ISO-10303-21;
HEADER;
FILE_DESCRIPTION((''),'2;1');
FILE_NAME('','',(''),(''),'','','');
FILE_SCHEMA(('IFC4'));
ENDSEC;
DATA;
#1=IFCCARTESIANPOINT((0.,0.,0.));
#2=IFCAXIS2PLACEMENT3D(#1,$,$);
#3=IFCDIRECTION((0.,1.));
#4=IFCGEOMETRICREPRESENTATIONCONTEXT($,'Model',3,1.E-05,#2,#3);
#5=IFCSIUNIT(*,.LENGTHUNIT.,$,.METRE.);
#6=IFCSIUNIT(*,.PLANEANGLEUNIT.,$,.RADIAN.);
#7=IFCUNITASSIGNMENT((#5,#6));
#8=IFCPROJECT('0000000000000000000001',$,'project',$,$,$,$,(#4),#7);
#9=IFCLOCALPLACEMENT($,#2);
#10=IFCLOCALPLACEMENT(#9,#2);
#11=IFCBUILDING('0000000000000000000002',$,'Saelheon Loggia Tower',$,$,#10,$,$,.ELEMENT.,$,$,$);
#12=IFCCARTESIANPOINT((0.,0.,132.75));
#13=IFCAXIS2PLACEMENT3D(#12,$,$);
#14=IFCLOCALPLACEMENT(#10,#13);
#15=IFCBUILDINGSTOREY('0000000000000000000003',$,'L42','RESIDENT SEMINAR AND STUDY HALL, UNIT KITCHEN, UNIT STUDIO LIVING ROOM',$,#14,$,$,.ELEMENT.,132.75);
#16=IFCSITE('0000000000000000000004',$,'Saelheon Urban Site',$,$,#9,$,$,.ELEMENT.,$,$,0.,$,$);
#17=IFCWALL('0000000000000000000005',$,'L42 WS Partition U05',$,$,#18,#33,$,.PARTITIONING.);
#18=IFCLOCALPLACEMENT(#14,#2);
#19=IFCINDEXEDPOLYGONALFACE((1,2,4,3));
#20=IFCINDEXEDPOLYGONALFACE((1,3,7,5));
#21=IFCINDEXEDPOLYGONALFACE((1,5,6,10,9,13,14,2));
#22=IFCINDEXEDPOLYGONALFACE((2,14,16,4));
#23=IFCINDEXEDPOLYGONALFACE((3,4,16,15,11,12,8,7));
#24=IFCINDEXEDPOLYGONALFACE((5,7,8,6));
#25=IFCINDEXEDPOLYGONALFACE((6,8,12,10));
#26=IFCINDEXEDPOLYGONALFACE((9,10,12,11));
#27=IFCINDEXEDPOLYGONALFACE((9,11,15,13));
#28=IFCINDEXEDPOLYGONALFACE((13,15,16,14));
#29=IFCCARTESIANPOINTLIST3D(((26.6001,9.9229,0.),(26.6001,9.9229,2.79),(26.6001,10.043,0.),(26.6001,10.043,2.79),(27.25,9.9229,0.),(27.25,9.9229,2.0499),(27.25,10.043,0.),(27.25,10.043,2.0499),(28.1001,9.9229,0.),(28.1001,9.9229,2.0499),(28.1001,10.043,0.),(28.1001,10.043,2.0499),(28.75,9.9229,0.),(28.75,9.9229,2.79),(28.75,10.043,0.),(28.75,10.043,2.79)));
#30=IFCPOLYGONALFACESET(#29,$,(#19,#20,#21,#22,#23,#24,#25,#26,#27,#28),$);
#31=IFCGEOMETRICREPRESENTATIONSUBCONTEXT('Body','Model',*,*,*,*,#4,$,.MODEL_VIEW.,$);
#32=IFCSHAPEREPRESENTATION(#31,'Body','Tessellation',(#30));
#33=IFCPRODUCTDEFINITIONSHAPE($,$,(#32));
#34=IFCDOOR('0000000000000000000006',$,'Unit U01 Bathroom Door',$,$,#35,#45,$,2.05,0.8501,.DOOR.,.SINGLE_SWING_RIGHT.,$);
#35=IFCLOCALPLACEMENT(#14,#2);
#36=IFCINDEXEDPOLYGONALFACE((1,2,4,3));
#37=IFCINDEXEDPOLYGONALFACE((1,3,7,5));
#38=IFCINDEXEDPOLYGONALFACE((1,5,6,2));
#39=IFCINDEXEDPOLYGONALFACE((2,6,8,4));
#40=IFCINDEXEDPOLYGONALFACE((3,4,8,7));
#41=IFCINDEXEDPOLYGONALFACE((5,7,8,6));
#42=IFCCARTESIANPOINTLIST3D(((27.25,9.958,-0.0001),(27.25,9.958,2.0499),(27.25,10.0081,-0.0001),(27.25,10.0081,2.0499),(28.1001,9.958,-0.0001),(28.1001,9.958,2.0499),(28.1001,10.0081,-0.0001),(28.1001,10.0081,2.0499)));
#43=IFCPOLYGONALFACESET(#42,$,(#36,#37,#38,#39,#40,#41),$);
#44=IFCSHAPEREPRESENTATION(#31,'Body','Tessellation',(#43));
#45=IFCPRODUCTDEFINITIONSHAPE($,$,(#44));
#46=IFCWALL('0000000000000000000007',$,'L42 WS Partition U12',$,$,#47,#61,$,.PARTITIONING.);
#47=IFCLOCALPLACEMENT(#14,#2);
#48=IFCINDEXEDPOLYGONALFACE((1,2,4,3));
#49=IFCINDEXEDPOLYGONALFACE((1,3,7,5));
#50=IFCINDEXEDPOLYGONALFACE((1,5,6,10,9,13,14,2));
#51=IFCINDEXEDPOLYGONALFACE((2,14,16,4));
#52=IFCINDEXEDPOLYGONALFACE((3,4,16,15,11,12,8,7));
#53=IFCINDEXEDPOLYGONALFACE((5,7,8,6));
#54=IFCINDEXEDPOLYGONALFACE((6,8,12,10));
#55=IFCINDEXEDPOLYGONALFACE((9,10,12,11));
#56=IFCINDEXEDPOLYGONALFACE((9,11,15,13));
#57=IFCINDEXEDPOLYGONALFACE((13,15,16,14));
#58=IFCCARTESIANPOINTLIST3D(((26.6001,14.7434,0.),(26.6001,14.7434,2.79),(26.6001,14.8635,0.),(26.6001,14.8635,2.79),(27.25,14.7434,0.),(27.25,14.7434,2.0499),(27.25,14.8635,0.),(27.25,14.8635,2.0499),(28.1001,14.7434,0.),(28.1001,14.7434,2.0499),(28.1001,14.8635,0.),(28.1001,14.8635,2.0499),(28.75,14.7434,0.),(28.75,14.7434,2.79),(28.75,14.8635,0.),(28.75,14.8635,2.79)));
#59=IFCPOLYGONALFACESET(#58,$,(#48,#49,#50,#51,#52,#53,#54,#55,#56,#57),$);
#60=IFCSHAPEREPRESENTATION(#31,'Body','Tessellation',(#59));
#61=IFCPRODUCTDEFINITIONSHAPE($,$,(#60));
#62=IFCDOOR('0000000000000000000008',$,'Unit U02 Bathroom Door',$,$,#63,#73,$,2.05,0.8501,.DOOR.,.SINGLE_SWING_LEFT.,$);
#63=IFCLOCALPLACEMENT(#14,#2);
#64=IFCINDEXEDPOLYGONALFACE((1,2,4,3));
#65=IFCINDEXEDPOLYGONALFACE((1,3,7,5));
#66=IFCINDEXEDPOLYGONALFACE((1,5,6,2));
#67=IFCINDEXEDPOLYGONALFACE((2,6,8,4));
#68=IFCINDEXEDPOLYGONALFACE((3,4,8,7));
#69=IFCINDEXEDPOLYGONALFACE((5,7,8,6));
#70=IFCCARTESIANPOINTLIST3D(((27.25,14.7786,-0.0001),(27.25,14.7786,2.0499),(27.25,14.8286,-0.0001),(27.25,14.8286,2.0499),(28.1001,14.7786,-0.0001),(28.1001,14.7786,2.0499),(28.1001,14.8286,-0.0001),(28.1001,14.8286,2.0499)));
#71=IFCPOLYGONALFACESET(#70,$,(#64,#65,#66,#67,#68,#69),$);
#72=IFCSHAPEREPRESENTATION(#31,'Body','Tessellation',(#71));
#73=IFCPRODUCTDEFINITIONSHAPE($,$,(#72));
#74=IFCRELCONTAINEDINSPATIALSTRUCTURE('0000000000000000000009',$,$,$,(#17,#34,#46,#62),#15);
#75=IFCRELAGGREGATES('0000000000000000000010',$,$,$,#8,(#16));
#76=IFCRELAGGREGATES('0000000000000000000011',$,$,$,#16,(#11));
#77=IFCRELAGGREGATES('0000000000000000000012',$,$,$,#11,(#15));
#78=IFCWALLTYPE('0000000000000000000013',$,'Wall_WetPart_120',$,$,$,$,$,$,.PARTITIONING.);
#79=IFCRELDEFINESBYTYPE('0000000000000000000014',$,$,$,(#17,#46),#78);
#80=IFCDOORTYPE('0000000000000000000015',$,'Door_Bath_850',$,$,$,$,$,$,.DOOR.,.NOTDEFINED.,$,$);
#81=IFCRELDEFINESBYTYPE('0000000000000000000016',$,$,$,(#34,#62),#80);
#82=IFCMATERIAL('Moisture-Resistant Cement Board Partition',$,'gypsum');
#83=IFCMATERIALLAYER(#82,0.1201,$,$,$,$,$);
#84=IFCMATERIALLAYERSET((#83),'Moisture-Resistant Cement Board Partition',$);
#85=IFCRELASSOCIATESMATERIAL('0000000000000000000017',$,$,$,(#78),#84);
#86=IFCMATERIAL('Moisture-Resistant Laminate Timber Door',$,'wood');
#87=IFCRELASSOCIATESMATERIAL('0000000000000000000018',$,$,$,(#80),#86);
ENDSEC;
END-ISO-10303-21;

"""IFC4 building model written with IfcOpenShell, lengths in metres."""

from ifc_helpers import new_model, si_unit, direction, frame, frame_2d, origin, place, context, subcontext, project, spatial, rectangle, extrude, source, transform, mapped, material, layer, layer_set, type_object, element, fill, save


model = new_model("IFC4")

# Units and contexts
model_context = context("Model", 3, precision=1e-05, world=origin(), true_north=direction((0.0, 1.0)))
body_context = subcontext(model_context, "Body", "Model", "MODEL_VIEW")
ifc_project = project(units=[si_unit("LENGTHUNIT", "METRE"), si_unit("PLANEANGLEUNIT", "RADIAN")], contexts=[model_context])

# Site, building, storey
site_placement = place(None, origin())
site = spatial("IfcSite", under=ifc_project, at=site_placement, Name="Saelheon Urban Site", CompositionType="ELEMENT", RefElevation=0.0)
building_placement = place(site_placement, origin())
building = spatial("IfcBuilding", under=site, at=building_placement, Name="Saelheon Loggia Tower", CompositionType="ELEMENT")
storey_placement = place(building_placement, frame((0.0, 0.0, 132.75)))
storey = spatial("IfcBuildingStorey", under=building, at=storey_placement, Name="L42", Description="RESIDENT SEMINAR AND STUDY HALL, UNIT KITCHEN, UNIT STUDIO LIVING ROOM", CompositionType="ELEMENT", Elevation=132.75)

# Shared definitions
ifc_material_1 = material(Name="Moisture-Resistant Cement Board Partition", Category="gypsum")
ifc_layer_1 = layer(ifc_material_1, 0.1201)
ifc_layer_set_1 = layer_set([ifc_layer_1], Name="Moisture-Resistant Cement Board Partition")
wall_type_1 = type_object("IfcWallType", Name="Wall_WetPart_120", PredefinedType="PARTITIONING", material=ifc_layer_set_1)

# Walls, openings, doors
wall_1_placement = place(storey_placement, frame((28.75, 9.9829, 0.0), z_axis=(0.0, 0.0, 1.0), x_axis=(-1.0, 0.0, 0.0)))
wall_1 = element("IfcWall", 1, at=wall_1_placement, inside=storey, type_object=wall_type_1, Name="L42 WS Partition U05", PredefinedType="PARTITIONING", context=body_context, shape_type="SweptSolid", body=[
    extrude(rectangle(XDim=2.1499, YDim=0.1201, at=frame_2d((1.075, 0.0))), origin(), (0.0, 0.0, 1.0), 2.79),
])
opening_1_placement = place(wall_1_placement, frame((0.6499, 0.0, 0.0)))
opening_1 = element("IfcOpeningElement", 2, at=opening_1_placement, cuts=wall_1, PredefinedType="OPENING", context=body_context, shape_type="SweptSolid", body=[
    extrude(rectangle(XDim=0.8501, YDim=2.05, at=frame_2d((0.425, 1.0249))), frame((0.0, 0.072, 0.0), z_axis=(0.0, -1.0, 0.0), x_axis=(1.0, 0.0, 0.0)), (0.0, 0.0, 1.0), 0.144),
])
ifc_material_2 = material(Name="Moisture-Resistant Laminate Timber Door", Category="wood")
door_type_1 = type_object("IfcDoorType", Name="Door_Bath_850", OperationType="NOTDEFINED", PredefinedType="DOOR", material=ifc_material_2)
shared_shape_1 = source(origin(), body_context, "Body", "SweptSolid", [
    extrude(rectangle(XDim=0.8501, YDim=2.05, at=frame_2d((0.425, 1.0249))), frame((0.0, 0.0249, 0.0), z_axis=(0.0, -1.0, 0.0), x_axis=(1.0, 0.0, 0.0)), (0.0, 0.0, 1.0), 0.05),
])
door_1_placement = place(opening_1_placement, origin())
door_1 = element("IfcDoor", 3, at=door_1_placement, inside=storey, type_object=door_type_1, Name="Unit U01 Bathroom Door", OperationType="SINGLE_SWING_RIGHT", OverallHeight=2.05, OverallWidth=0.8501, PredefinedType="DOOR", context=body_context, shape_type="MappedRepresentation", body=[
    mapped(shared_shape_1, transform((0.0, 0.0, 0.0), scale=1.0)),
])
fill(opening_1, door_1)
wall_2_placement = place(storey_placement, frame((28.75, 14.8035, 0.0), z_axis=(0.0, 0.0, 1.0), x_axis=(-1.0, 0.0, 0.0)))
wall_2 = element("IfcWall", 4, at=wall_2_placement, inside=storey, type_object=wall_type_1, Name="L42 WS Partition U12", PredefinedType="PARTITIONING", context=body_context, shape_type="SweptSolid", body=[
    extrude(rectangle(XDim=2.1499, YDim=0.1201, at=frame_2d((1.075, 0.0))), origin(), (0.0, 0.0, 1.0), 2.79),
])
opening_2_placement = place(wall_2_placement, frame((0.6499, 0.0, 0.0)))
opening_2 = element("IfcOpeningElement", 5, at=opening_2_placement, cuts=wall_2, PredefinedType="OPENING", context=body_context, shape_type="SweptSolid", body=[
    extrude(rectangle(XDim=0.8501, YDim=2.05, at=frame_2d((0.425, 1.0249))), frame((0.0, 0.072, 0.0), z_axis=(0.0, -1.0, 0.0), x_axis=(1.0, 0.0, 0.0)), (0.0, 0.0, 1.0), 0.144),
])
door_2_placement = place(opening_2_placement, origin())
door_2 = element("IfcDoor", 6, at=door_2_placement, inside=storey, type_object=door_type_1, Name="Unit U02 Bathroom Door", OperationType="SINGLE_SWING_LEFT", OverallHeight=2.05, OverallWidth=0.8501, PredefinedType="DOOR", context=body_context, shape_type="MappedRepresentation", body=[
    mapped(shared_shape_1, transform((0.0, 0.0, 0.0), scale=1.0)),
])
fill(opening_2, door_2)

save(model, "model.ifc")
